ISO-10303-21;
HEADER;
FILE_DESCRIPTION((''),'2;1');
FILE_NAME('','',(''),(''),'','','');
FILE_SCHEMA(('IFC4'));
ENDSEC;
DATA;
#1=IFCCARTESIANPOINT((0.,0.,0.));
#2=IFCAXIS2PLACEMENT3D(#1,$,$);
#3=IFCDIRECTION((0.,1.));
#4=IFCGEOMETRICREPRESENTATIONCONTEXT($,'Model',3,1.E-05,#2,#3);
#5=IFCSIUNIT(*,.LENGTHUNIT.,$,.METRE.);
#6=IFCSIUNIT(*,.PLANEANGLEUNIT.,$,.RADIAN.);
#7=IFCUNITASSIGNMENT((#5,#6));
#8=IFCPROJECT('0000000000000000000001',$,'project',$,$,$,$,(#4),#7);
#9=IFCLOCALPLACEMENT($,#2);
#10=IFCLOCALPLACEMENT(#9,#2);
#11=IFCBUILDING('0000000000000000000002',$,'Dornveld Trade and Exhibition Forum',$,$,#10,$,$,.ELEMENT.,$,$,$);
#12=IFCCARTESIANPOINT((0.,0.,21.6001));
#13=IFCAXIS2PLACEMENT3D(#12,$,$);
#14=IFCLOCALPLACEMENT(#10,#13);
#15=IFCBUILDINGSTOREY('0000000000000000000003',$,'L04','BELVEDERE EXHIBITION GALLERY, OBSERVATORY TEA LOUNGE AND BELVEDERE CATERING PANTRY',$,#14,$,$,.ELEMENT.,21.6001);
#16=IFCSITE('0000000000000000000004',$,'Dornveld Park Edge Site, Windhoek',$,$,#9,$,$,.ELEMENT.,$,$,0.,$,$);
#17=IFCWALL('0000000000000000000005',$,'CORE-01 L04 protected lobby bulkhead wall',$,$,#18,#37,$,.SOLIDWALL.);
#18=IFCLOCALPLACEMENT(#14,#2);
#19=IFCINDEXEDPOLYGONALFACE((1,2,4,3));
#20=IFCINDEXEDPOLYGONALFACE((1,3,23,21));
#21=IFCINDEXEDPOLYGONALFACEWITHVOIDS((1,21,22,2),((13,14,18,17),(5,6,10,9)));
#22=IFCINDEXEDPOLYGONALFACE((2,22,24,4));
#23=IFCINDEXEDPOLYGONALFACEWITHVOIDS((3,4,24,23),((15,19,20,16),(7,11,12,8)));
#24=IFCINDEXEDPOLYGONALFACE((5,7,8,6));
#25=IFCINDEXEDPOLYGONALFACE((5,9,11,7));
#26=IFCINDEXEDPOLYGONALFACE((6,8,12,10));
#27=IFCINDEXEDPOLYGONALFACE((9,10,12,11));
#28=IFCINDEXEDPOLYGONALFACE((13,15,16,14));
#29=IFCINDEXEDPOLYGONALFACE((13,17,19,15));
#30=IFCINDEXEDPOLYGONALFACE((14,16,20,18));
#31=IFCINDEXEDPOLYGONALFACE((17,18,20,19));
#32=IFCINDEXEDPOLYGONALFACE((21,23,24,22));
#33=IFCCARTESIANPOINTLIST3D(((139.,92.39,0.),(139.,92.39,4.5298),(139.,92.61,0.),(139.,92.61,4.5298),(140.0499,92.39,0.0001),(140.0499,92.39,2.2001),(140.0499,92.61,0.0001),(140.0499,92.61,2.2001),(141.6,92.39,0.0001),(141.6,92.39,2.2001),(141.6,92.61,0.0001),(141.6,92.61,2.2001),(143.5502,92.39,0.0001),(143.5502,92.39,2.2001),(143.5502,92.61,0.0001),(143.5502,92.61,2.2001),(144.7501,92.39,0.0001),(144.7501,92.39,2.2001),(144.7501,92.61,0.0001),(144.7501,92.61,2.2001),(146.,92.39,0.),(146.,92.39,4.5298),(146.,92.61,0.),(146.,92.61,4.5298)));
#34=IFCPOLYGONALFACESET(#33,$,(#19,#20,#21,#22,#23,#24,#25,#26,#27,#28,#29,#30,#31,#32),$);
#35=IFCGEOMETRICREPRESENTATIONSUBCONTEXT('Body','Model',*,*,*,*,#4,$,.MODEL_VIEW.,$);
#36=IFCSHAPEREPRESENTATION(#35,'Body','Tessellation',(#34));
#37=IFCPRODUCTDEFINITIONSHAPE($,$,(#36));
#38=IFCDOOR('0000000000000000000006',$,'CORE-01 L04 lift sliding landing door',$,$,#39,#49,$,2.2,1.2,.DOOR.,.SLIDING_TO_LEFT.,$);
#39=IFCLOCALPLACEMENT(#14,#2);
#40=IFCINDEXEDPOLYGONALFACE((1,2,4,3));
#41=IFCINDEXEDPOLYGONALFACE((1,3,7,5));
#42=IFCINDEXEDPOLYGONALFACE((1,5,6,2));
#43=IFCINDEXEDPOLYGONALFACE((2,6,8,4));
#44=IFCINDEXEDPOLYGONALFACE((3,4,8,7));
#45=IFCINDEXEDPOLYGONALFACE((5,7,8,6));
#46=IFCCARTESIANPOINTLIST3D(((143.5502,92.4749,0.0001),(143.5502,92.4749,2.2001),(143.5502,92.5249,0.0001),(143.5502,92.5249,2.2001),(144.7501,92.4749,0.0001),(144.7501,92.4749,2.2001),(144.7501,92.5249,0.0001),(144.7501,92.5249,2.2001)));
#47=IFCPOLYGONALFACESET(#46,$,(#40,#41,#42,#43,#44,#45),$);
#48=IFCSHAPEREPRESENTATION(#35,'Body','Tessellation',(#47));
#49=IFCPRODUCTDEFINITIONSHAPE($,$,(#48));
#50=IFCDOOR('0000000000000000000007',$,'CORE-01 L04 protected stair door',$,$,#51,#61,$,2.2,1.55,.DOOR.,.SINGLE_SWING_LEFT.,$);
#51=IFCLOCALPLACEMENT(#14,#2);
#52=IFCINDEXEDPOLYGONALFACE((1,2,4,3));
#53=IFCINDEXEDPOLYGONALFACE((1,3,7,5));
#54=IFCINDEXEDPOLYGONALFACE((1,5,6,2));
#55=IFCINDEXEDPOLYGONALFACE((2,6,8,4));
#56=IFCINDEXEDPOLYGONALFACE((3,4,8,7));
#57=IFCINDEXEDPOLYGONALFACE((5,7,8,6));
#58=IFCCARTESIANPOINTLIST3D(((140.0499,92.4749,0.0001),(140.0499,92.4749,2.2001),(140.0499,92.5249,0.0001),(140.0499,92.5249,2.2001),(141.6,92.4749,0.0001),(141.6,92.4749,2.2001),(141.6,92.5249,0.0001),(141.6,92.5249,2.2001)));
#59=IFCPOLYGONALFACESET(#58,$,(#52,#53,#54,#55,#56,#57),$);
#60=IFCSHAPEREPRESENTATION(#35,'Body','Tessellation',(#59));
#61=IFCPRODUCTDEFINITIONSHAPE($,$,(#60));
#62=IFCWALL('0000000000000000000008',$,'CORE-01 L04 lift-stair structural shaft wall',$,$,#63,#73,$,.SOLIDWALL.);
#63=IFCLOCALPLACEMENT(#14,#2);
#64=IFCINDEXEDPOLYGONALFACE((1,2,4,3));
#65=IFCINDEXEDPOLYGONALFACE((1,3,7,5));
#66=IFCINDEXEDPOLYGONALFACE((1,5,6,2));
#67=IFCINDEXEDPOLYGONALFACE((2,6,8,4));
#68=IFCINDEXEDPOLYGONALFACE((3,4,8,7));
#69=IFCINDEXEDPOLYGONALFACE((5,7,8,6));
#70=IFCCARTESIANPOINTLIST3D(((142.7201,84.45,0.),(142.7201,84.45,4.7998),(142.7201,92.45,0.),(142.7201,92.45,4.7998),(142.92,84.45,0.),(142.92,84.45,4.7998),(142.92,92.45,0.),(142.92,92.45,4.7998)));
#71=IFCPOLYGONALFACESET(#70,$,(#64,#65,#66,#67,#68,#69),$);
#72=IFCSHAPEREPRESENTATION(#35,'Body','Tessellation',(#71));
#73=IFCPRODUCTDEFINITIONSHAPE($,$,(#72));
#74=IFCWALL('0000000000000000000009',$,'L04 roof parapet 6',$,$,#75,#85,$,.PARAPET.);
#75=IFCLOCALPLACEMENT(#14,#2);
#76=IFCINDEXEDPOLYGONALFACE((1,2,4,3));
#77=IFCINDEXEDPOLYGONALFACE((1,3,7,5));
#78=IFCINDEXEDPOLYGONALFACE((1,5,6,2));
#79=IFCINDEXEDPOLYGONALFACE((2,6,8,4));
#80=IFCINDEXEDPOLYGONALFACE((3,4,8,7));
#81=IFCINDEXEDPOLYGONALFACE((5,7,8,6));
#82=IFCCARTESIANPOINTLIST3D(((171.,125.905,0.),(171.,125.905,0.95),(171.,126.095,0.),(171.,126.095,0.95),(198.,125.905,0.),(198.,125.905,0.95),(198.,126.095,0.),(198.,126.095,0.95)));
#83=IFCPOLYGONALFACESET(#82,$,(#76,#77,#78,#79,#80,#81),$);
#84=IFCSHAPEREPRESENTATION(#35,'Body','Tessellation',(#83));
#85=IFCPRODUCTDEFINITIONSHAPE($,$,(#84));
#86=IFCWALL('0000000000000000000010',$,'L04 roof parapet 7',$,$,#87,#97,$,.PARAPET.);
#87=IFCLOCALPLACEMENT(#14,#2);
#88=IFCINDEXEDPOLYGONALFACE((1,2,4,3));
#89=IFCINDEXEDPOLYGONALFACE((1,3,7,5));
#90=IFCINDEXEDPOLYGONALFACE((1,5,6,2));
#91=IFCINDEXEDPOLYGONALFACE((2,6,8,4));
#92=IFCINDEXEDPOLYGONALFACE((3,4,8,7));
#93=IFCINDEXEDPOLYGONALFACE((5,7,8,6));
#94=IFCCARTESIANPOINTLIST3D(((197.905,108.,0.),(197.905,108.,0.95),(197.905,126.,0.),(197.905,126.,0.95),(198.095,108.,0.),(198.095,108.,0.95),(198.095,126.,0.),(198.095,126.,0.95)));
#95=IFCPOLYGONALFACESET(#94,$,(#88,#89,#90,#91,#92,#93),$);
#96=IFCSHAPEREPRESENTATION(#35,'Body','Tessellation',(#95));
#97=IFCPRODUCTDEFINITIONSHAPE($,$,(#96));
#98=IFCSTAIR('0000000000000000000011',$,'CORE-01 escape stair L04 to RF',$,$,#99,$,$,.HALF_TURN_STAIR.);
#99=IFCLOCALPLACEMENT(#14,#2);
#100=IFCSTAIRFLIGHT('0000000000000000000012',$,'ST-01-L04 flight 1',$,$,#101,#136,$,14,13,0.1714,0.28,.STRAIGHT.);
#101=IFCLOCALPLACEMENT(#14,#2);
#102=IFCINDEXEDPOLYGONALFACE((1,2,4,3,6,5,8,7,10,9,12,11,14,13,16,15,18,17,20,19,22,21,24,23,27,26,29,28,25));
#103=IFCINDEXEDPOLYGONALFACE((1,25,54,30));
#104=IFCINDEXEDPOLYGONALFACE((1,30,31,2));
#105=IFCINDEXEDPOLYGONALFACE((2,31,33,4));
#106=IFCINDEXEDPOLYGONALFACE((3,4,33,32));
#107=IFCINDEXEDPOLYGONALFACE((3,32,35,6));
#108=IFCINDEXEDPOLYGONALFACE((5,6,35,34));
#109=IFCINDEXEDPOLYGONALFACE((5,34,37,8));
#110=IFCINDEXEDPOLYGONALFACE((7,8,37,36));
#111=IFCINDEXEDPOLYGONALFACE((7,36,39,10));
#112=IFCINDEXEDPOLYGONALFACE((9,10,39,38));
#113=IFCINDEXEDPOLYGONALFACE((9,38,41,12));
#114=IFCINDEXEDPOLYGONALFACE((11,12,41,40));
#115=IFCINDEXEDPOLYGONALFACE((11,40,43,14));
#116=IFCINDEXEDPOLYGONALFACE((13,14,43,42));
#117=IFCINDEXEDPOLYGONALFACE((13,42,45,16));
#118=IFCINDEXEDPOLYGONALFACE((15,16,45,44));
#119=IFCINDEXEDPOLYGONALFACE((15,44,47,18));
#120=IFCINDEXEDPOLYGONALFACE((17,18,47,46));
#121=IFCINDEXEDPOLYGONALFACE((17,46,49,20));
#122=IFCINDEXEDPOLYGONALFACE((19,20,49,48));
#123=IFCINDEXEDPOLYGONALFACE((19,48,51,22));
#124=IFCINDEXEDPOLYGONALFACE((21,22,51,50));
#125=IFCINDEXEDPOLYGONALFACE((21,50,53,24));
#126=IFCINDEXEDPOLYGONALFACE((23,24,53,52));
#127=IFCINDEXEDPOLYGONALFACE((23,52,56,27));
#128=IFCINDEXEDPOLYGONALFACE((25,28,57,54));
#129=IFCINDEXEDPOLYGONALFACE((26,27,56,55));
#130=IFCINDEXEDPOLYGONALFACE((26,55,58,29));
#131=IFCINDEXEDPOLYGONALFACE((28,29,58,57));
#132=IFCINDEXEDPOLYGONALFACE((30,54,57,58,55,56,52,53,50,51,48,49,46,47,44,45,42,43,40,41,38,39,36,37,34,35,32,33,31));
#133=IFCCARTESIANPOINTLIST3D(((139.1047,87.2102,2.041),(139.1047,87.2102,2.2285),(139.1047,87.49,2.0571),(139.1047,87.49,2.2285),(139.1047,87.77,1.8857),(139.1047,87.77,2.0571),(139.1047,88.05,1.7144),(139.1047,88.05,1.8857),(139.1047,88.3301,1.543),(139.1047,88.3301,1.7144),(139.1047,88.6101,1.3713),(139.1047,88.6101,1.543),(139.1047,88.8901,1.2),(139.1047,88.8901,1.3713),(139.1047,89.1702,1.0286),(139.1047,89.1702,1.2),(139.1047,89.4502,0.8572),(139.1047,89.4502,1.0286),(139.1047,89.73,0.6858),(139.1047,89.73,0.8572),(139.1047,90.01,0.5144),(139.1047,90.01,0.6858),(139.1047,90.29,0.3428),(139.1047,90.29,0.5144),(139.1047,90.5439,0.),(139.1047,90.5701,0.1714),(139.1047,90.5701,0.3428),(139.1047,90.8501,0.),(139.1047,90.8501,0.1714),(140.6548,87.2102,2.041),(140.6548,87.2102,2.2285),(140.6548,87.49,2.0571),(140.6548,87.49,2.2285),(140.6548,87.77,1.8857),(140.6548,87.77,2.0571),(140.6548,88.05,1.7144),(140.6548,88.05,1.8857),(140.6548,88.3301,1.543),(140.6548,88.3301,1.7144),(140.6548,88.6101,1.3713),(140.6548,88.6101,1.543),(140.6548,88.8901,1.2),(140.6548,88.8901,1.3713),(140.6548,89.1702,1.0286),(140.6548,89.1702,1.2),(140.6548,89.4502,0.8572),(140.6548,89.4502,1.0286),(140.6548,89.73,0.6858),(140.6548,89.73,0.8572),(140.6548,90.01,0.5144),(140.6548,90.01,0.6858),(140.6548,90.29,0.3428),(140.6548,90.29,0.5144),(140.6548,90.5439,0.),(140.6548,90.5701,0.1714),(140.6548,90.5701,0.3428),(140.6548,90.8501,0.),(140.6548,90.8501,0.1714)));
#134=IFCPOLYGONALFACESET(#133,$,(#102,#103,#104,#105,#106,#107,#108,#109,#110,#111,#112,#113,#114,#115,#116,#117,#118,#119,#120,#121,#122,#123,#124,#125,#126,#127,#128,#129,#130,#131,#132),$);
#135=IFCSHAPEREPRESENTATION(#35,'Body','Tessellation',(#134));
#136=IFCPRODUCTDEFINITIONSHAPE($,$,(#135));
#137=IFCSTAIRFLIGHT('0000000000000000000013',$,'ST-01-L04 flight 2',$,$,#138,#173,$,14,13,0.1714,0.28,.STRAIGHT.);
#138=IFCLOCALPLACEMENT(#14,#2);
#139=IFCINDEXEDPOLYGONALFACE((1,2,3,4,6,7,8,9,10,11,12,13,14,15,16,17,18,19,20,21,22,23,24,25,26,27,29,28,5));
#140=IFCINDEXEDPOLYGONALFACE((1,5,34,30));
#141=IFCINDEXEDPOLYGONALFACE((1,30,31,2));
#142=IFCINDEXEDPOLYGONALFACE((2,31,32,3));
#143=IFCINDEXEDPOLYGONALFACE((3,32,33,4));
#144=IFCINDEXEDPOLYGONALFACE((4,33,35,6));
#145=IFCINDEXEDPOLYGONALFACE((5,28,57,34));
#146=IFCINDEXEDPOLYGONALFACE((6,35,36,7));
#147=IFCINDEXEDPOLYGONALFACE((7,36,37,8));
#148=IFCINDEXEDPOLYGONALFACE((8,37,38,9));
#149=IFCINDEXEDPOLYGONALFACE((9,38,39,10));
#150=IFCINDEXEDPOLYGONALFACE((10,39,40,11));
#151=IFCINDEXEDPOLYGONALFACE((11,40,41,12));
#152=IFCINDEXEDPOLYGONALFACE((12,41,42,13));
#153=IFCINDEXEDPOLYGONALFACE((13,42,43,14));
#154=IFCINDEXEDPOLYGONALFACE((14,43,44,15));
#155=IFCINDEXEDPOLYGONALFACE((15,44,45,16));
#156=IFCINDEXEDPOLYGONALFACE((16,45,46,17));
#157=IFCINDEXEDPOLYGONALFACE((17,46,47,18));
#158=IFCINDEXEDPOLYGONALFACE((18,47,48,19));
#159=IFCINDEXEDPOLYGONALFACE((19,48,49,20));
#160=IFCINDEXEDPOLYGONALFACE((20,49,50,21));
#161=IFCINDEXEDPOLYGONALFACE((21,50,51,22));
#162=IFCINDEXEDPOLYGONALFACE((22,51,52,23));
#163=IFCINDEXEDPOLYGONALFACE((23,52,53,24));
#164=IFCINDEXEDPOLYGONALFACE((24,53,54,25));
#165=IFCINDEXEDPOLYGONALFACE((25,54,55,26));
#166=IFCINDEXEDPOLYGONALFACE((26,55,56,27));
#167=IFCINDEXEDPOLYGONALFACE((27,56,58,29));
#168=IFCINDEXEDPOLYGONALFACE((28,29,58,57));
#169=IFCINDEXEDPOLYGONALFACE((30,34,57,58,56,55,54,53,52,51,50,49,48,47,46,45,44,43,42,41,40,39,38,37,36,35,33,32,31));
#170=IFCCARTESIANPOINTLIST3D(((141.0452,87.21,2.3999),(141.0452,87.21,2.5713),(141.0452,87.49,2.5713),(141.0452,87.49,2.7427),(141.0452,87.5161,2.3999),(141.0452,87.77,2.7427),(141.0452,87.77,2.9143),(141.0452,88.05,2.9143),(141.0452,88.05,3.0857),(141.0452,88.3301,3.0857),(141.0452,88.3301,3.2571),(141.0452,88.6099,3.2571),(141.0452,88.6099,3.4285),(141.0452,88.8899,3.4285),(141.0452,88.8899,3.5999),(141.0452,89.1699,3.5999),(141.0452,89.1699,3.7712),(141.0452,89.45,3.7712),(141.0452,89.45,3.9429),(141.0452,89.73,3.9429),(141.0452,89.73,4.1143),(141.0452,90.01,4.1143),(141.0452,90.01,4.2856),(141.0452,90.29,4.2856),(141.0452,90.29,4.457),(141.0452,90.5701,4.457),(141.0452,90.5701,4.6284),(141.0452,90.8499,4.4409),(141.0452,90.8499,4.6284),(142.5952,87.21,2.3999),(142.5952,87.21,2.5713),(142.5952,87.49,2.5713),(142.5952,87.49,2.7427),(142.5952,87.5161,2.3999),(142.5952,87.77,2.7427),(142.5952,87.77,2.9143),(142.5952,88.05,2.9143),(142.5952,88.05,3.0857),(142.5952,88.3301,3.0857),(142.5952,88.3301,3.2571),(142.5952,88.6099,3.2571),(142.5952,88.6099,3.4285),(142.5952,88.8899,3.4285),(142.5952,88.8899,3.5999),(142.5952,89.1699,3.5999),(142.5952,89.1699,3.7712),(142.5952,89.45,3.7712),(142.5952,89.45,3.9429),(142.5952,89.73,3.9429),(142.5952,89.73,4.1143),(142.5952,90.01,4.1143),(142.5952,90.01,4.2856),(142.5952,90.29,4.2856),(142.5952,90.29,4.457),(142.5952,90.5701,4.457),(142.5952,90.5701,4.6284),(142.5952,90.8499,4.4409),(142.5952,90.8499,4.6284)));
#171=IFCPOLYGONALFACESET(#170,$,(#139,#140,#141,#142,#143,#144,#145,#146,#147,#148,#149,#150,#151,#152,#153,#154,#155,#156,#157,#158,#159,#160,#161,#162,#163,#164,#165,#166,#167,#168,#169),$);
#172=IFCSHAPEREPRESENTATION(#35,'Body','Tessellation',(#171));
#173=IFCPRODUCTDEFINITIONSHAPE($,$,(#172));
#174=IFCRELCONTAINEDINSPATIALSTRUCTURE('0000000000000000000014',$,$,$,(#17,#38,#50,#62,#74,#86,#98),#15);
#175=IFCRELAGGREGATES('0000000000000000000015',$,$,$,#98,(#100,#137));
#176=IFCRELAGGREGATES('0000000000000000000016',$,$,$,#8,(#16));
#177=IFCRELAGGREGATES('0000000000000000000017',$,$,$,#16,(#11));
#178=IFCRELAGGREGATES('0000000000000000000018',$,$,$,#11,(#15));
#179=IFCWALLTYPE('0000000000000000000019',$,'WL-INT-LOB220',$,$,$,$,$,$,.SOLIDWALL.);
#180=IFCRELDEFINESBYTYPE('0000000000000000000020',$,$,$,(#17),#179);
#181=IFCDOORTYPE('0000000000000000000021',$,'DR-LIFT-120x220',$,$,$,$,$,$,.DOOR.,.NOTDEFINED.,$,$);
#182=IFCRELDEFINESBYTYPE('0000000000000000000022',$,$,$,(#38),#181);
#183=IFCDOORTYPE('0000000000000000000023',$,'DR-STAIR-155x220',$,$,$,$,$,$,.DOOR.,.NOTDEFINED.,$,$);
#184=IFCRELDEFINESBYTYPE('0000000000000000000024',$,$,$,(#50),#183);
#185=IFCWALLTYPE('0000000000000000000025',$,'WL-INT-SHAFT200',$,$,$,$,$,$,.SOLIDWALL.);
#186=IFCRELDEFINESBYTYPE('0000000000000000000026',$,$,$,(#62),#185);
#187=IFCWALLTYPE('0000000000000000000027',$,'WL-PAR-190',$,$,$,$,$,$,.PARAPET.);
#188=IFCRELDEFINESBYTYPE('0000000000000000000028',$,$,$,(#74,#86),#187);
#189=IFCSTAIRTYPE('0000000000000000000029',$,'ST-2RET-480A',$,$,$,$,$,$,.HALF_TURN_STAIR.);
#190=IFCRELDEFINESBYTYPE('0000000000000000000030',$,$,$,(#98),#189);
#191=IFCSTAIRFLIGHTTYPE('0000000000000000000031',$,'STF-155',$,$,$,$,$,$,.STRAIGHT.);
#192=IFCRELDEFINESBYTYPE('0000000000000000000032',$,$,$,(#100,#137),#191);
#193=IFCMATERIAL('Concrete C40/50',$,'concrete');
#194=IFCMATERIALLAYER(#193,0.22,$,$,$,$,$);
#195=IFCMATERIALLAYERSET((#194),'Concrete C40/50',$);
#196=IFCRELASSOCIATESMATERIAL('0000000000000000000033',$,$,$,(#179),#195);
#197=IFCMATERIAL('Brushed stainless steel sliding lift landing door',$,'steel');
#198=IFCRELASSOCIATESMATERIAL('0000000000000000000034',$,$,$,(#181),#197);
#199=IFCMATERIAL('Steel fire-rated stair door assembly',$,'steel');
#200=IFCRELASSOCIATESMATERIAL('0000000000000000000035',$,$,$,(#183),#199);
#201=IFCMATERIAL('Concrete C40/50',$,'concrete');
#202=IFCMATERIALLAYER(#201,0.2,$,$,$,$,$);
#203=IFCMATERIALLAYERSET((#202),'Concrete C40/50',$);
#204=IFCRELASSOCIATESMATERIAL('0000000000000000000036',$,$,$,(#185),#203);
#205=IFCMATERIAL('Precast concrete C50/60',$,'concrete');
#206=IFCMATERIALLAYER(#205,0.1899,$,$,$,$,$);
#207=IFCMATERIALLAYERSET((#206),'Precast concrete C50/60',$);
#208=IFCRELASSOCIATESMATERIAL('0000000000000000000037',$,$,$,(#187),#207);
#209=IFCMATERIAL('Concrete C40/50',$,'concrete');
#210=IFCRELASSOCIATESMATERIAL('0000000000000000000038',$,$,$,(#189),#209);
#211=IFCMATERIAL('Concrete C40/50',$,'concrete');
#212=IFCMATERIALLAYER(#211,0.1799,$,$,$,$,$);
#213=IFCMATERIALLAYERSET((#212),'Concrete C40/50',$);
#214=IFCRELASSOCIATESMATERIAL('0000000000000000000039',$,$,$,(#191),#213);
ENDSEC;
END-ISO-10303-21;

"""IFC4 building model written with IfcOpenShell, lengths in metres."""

from ifc_helpers import new_model, si_unit, direction, frame, frame_2d, origin, place, context, subcontext, project, spatial, polyline, rectangle, outline, extrude, material, layer, layer_set, type_object, element, fill, aggregate, save


model = new_model("IFC4")

# Units and contexts
model_context = context("Model", 3, precision=1e-05, world=origin(), true_north=direction((0.0, 1.0)))
body_context = subcontext(model_context, "Body", "Model", "MODEL_VIEW")
ifc_project = project(units=[si_unit("LENGTHUNIT", "METRE"), si_unit("PLANEANGLEUNIT", "RADIAN")], contexts=[model_context])

# Site, building, storey
site_placement = place(None, origin())
site = spatial("IfcSite", under=ifc_project, at=site_placement, Name="Dornveld Park Edge Site, Windhoek", CompositionType="ELEMENT", RefElevation=0.0)
building_placement = place(site_placement, origin())
building = spatial("IfcBuilding", under=site, at=building_placement, Name="Dornveld Trade and Exhibition Forum", CompositionType="ELEMENT")
storey_placement = place(building_placement, frame((0.0, 0.0, 21.6001)))
storey = spatial("IfcBuildingStorey", under=building, at=storey_placement, Name="L04", Description="BELVEDERE EXHIBITION GALLERY, OBSERVATORY TEA LOUNGE AND BELVEDERE CATERING PANTRY", CompositionType="ELEMENT", Elevation=21.6001)

# Wall, openings, doors
ifc_material_1 = material(Name="Concrete C40/50", Category="concrete")
ifc_layer_1 = layer(ifc_material_1, 0.22)
ifc_layer_set_1 = layer_set([ifc_layer_1], Name="Concrete C40/50")
wall_type_1 = type_object("IfcWallType", Name="WL-INT-LOB220", PredefinedType="SOLIDWALL", material=ifc_layer_set_1)
wall_1_placement = place(storey_placement, frame((139.0, 92.5, 0.0), z_axis=(0.0, 0.0, 1.0), x_axis=(1.0, 0.0, 0.0)))
wall_1 = element("IfcWall", 1, at=wall_1_placement, inside=storey, type_object=wall_type_1, Name="CORE-01 L04 protected lobby bulkhead wall", PredefinedType="SOLIDWALL", context=body_context, shape_type="SweptSolid", body=[
    extrude(rectangle(XDim=7.0, YDim=0.22, at=frame_2d((3.5, 0.0))), origin(), (0.0, 0.0, 1.0), 4.5298),
])
opening_1_placement = place(wall_1_placement, frame((1.05, 0.0, 0.0)))
opening_1 = element("IfcOpeningElement", 2, at=opening_1_placement, cuts=wall_1, PredefinedType="OPENING", context=body_context, shape_type="SweptSolid", body=[
    extrude(rectangle(XDim=1.55, YDim=2.2, at=frame_2d((0.7749, 1.1001))), frame((0.0, 0.1199, 0.0), z_axis=(0.0, -1.0, 0.0), x_axis=(1.0, 0.0, 0.0)), (0.0, 0.0, 1.0), 0.24),
])
opening_2_placement = place(wall_1_placement, frame((4.55, 0.0, 0.0)))
opening_2 = element("IfcOpeningElement", 3, at=opening_2_placement, cuts=wall_1, PredefinedType="OPENING", context=body_context, shape_type="SweptSolid", body=[
    extrude(rectangle(XDim=1.2, YDim=2.2, at=frame_2d((0.6001, 1.1001))), frame((0.0, 0.1199, 0.0), z_axis=(0.0, -1.0, 0.0), x_axis=(1.0, 0.0, 0.0)), (0.0, 0.0, 1.0), 0.24),
])
ifc_material_2 = material(Name="Brushed stainless steel sliding lift landing door", Category="steel")
door_type_1 = type_object("IfcDoorType", Name="DR-LIFT-120x220", OperationType="NOTDEFINED", PredefinedType="DOOR", material=ifc_material_2)
door_1_placement = place(opening_2_placement, origin())
door_1 = element("IfcDoor", 4, at=door_1_placement, inside=storey, type_object=door_type_1, Name="CORE-01 L04 lift sliding landing door", OperationType="SLIDING_TO_LEFT", OverallHeight=2.2, OverallWidth=1.2, PredefinedType="DOOR", context=body_context, shape_type="SweptSolid", body=[
    extrude(rectangle(XDim=1.2, YDim=2.2, at=frame_2d((0.6001, 1.1001))), frame((0.0, 0.0249, 0.0), z_axis=(0.0, -1.0, 0.0), x_axis=(1.0, 0.0, 0.0)), (0.0, 0.0, 1.0), 0.05),
])
fill(opening_2, door_1)
ifc_material_3 = material(Name="Steel fire-rated stair door assembly", Category="steel")
door_type_2 = type_object("IfcDoorType", Name="DR-STAIR-155x220", OperationType="NOTDEFINED", PredefinedType="DOOR", material=ifc_material_3)
door_2_placement = place(opening_1_placement, origin())
door_2 = element("IfcDoor", 5, at=door_2_placement, inside=storey, type_object=door_type_2, Name="CORE-01 L04 protected stair door", OperationType="SINGLE_SWING_LEFT", OverallHeight=2.2, OverallWidth=1.55, PredefinedType="DOOR", context=body_context, shape_type="SweptSolid", body=[
    extrude(rectangle(XDim=1.55, YDim=2.2, at=frame_2d((0.7749, 1.1001))), frame((0.0, 0.0249, 0.0), z_axis=(0.0, -1.0, 0.0), x_axis=(1.0, 0.0, 0.0)), (0.0, 0.0, 1.0), 0.05),
])
fill(opening_1, door_2)

# Walls
ifc_material_4 = material(Name="Concrete C40/50", Category="concrete")
ifc_layer_2 = layer(ifc_material_4, 0.2)
ifc_layer_set_2 = layer_set([ifc_layer_2], Name="Concrete C40/50")
wall_type_2 = type_object("IfcWallType", Name="WL-INT-SHAFT200", PredefinedType="SOLIDWALL", material=ifc_layer_set_2)
wall_2_placement = place(storey_placement, frame((142.8201, 84.45, 0.0), z_axis=(0.0, 0.0, 1.0), x_axis=(0.0, 1.0, 0.0)))
element("IfcWall", 6, at=wall_2_placement, inside=storey, type_object=wall_type_2, Name="CORE-01 L04 lift-stair structural shaft wall", PredefinedType="SOLIDWALL", context=body_context, shape_type="SweptSolid", body=[
    extrude(rectangle(XDim=8.0, YDim=0.2, at=frame_2d((4.0, 0.0))), origin(), (0.0, 0.0, 1.0), 4.7998),
])
ifc_material_5 = material(Name="Precast concrete C50/60", Category="concrete")
ifc_layer_3 = layer(ifc_material_5, 0.1899)
ifc_layer_set_3 = layer_set([ifc_layer_3], Name="Precast concrete C50/60")
wall_type_3 = type_object("IfcWallType", Name="WL-PAR-190", PredefinedType="PARAPET", material=ifc_layer_set_3)
wall_3_placement = place(storey_placement, frame((171.0, 126.0, 0.0), z_axis=(0.0, 0.0, 1.0), x_axis=(1.0, 0.0, 0.0)))
element("IfcWall", 7, at=wall_3_placement, inside=storey, type_object=wall_type_3, Name="L04 roof parapet 6", PredefinedType="PARAPET", context=body_context, shape_type="SweptSolid", body=[
    extrude(rectangle(XDim=27.0, YDim=0.1899, at=frame_2d((13.5, 0.0))), origin(), (0.0, 0.0, 1.0), 0.95),
])
wall_4_placement = place(storey_placement, frame((198.0, 126.0, 0.0), z_axis=(0.0, 0.0, 1.0), x_axis=(0.0, -1.0, 0.0)))
element("IfcWall", 8, at=wall_4_placement, inside=storey, type_object=wall_type_3, Name="L04 roof parapet 7", PredefinedType="PARAPET", context=body_context, shape_type="SweptSolid", body=[
    extrude(rectangle(XDim=18.0, YDim=0.1899, at=frame_2d((9.0, 0.0))), origin(), (0.0, 0.0, 1.0), 0.95),
])

# Stair, stair flights
ifc_material_6 = material(Name="Concrete C40/50", Category="concrete")
stair_type = type_object("IfcStairType", Name="ST-2RET-480A", PredefinedType="HALF_TURN_STAIR", material=ifc_material_6)
stair_placement = place(storey_placement, origin())
stair = element("IfcStair", 9, at=stair_placement, inside=storey, type_object=stair_type, Name="CORE-01 escape stair L04 to RF", PredefinedType="HALF_TURN_STAIR")
ifc_material_7 = material(Name="Concrete C40/50", Category="concrete")
ifc_layer_4 = layer(ifc_material_7, 0.1799)
ifc_layer_set_4 = layer_set([ifc_layer_4], Name="Concrete C40/50")
stair_flight_type = type_object("IfcStairFlightType", Name="STF-155", PredefinedType="STRAIGHT", material=ifc_layer_set_4)
stair_flight_1_placement = place(storey_placement, frame((139.8799, 90.8501, 0.0), z_axis=(0.0, 0.0, 1.0), x_axis=(0.0, -1.0, 0.0)))
stair_flight_1 = element("IfcStairFlight", 10, at=stair_flight_1_placement, type_object=stair_flight_type, Name="ST-01-L04 flight 1", NumberOfRisers=14, NumberOfTreads=13, PredefinedType="STRAIGHT", RiserHeight=0.1714, TreadLength=0.28, context=body_context, shape_type="SweptSolid", body=[
    extrude(outline(polyline([(0.0, 0.0), (0.0, 0.1714), (0.28, 0.1714), (0.28, 0.3428), (0.5601, 0.3428), (0.5601, 0.5144), (0.8401, 0.5144), (0.8401, 0.6858), (1.1201, 0.6858), (1.1201, 0.8572), (1.3999, 0.8572), (1.3999, 1.0286), (1.6799, 1.0286), (1.6799, 1.2), (1.96, 1.2), (1.96, 1.3713), (2.24, 1.3713), (2.24, 1.543), (2.52, 1.543), (2.52, 1.7144), (2.8, 1.7144), (2.8, 1.8857), (3.0801, 1.8857), (3.0801, 2.0571), (3.3601, 2.0571), (3.3601, 2.2285), (3.6399, 2.2285), (3.6399, 2.3999), (3.6399, 2.041), (0.3062, 0.0), (0.0, 0.0)])), frame((0.0, 0.7749, 0.0), z_axis=(0.0, -1.0, 0.0), x_axis=(1.0, 0.0, 0.0)), (0.0, 0.0, 1.0), 1.55),
])
stair_flight_2_placement = place(storey_placement, frame((141.8201, 87.21, 2.3999), z_axis=(0.0, 0.0, 1.0), x_axis=(0.0, 1.0, 0.0)))
stair_flight_2 = element("IfcStairFlight", 11, at=stair_flight_2_placement, type_object=stair_flight_type, Name="ST-01-L04 flight 2", NumberOfRisers=14, NumberOfTreads=13, PredefinedType="STRAIGHT", RiserHeight=0.1714, TreadLength=0.28, context=body_context, shape_type="SweptSolid", body=[
    extrude(outline(polyline([(0.0, 0.0), (0.0, 0.1714), (0.28, 0.1714), (0.28, 0.3428), (0.5601, 0.3428), (0.5601, 0.5144), (0.8401, 0.5144), (0.8401, 0.6858), (1.1201, 0.6858), (1.1201, 0.8572), (1.3999, 0.8572), (1.3999, 1.0286), (1.6799, 1.0286), (1.6799, 1.2), (1.96, 1.2), (1.96, 1.3713), (2.24, 1.3713), (2.24, 1.543), (2.52, 1.543), (2.52, 1.7144), (2.8, 1.7144), (2.8, 1.8857), (3.0801, 1.8857), (3.0801, 2.0571), (3.3601, 2.0571), (3.3601, 2.2285), (3.6399, 2.2285), (3.6399, 2.3999), (3.6399, 2.041), (0.3062, 0.0), (0.0, 0.0)])), frame((0.0, 0.7749, 0.0), z_axis=(0.0, -1.0, 0.0), x_axis=(1.0, 0.0, 0.0)), (0.0, 0.0, 1.0), 1.55),
])
aggregate(stair, [stair_flight_1, stair_flight_2])

save(model, "model.ifc")
